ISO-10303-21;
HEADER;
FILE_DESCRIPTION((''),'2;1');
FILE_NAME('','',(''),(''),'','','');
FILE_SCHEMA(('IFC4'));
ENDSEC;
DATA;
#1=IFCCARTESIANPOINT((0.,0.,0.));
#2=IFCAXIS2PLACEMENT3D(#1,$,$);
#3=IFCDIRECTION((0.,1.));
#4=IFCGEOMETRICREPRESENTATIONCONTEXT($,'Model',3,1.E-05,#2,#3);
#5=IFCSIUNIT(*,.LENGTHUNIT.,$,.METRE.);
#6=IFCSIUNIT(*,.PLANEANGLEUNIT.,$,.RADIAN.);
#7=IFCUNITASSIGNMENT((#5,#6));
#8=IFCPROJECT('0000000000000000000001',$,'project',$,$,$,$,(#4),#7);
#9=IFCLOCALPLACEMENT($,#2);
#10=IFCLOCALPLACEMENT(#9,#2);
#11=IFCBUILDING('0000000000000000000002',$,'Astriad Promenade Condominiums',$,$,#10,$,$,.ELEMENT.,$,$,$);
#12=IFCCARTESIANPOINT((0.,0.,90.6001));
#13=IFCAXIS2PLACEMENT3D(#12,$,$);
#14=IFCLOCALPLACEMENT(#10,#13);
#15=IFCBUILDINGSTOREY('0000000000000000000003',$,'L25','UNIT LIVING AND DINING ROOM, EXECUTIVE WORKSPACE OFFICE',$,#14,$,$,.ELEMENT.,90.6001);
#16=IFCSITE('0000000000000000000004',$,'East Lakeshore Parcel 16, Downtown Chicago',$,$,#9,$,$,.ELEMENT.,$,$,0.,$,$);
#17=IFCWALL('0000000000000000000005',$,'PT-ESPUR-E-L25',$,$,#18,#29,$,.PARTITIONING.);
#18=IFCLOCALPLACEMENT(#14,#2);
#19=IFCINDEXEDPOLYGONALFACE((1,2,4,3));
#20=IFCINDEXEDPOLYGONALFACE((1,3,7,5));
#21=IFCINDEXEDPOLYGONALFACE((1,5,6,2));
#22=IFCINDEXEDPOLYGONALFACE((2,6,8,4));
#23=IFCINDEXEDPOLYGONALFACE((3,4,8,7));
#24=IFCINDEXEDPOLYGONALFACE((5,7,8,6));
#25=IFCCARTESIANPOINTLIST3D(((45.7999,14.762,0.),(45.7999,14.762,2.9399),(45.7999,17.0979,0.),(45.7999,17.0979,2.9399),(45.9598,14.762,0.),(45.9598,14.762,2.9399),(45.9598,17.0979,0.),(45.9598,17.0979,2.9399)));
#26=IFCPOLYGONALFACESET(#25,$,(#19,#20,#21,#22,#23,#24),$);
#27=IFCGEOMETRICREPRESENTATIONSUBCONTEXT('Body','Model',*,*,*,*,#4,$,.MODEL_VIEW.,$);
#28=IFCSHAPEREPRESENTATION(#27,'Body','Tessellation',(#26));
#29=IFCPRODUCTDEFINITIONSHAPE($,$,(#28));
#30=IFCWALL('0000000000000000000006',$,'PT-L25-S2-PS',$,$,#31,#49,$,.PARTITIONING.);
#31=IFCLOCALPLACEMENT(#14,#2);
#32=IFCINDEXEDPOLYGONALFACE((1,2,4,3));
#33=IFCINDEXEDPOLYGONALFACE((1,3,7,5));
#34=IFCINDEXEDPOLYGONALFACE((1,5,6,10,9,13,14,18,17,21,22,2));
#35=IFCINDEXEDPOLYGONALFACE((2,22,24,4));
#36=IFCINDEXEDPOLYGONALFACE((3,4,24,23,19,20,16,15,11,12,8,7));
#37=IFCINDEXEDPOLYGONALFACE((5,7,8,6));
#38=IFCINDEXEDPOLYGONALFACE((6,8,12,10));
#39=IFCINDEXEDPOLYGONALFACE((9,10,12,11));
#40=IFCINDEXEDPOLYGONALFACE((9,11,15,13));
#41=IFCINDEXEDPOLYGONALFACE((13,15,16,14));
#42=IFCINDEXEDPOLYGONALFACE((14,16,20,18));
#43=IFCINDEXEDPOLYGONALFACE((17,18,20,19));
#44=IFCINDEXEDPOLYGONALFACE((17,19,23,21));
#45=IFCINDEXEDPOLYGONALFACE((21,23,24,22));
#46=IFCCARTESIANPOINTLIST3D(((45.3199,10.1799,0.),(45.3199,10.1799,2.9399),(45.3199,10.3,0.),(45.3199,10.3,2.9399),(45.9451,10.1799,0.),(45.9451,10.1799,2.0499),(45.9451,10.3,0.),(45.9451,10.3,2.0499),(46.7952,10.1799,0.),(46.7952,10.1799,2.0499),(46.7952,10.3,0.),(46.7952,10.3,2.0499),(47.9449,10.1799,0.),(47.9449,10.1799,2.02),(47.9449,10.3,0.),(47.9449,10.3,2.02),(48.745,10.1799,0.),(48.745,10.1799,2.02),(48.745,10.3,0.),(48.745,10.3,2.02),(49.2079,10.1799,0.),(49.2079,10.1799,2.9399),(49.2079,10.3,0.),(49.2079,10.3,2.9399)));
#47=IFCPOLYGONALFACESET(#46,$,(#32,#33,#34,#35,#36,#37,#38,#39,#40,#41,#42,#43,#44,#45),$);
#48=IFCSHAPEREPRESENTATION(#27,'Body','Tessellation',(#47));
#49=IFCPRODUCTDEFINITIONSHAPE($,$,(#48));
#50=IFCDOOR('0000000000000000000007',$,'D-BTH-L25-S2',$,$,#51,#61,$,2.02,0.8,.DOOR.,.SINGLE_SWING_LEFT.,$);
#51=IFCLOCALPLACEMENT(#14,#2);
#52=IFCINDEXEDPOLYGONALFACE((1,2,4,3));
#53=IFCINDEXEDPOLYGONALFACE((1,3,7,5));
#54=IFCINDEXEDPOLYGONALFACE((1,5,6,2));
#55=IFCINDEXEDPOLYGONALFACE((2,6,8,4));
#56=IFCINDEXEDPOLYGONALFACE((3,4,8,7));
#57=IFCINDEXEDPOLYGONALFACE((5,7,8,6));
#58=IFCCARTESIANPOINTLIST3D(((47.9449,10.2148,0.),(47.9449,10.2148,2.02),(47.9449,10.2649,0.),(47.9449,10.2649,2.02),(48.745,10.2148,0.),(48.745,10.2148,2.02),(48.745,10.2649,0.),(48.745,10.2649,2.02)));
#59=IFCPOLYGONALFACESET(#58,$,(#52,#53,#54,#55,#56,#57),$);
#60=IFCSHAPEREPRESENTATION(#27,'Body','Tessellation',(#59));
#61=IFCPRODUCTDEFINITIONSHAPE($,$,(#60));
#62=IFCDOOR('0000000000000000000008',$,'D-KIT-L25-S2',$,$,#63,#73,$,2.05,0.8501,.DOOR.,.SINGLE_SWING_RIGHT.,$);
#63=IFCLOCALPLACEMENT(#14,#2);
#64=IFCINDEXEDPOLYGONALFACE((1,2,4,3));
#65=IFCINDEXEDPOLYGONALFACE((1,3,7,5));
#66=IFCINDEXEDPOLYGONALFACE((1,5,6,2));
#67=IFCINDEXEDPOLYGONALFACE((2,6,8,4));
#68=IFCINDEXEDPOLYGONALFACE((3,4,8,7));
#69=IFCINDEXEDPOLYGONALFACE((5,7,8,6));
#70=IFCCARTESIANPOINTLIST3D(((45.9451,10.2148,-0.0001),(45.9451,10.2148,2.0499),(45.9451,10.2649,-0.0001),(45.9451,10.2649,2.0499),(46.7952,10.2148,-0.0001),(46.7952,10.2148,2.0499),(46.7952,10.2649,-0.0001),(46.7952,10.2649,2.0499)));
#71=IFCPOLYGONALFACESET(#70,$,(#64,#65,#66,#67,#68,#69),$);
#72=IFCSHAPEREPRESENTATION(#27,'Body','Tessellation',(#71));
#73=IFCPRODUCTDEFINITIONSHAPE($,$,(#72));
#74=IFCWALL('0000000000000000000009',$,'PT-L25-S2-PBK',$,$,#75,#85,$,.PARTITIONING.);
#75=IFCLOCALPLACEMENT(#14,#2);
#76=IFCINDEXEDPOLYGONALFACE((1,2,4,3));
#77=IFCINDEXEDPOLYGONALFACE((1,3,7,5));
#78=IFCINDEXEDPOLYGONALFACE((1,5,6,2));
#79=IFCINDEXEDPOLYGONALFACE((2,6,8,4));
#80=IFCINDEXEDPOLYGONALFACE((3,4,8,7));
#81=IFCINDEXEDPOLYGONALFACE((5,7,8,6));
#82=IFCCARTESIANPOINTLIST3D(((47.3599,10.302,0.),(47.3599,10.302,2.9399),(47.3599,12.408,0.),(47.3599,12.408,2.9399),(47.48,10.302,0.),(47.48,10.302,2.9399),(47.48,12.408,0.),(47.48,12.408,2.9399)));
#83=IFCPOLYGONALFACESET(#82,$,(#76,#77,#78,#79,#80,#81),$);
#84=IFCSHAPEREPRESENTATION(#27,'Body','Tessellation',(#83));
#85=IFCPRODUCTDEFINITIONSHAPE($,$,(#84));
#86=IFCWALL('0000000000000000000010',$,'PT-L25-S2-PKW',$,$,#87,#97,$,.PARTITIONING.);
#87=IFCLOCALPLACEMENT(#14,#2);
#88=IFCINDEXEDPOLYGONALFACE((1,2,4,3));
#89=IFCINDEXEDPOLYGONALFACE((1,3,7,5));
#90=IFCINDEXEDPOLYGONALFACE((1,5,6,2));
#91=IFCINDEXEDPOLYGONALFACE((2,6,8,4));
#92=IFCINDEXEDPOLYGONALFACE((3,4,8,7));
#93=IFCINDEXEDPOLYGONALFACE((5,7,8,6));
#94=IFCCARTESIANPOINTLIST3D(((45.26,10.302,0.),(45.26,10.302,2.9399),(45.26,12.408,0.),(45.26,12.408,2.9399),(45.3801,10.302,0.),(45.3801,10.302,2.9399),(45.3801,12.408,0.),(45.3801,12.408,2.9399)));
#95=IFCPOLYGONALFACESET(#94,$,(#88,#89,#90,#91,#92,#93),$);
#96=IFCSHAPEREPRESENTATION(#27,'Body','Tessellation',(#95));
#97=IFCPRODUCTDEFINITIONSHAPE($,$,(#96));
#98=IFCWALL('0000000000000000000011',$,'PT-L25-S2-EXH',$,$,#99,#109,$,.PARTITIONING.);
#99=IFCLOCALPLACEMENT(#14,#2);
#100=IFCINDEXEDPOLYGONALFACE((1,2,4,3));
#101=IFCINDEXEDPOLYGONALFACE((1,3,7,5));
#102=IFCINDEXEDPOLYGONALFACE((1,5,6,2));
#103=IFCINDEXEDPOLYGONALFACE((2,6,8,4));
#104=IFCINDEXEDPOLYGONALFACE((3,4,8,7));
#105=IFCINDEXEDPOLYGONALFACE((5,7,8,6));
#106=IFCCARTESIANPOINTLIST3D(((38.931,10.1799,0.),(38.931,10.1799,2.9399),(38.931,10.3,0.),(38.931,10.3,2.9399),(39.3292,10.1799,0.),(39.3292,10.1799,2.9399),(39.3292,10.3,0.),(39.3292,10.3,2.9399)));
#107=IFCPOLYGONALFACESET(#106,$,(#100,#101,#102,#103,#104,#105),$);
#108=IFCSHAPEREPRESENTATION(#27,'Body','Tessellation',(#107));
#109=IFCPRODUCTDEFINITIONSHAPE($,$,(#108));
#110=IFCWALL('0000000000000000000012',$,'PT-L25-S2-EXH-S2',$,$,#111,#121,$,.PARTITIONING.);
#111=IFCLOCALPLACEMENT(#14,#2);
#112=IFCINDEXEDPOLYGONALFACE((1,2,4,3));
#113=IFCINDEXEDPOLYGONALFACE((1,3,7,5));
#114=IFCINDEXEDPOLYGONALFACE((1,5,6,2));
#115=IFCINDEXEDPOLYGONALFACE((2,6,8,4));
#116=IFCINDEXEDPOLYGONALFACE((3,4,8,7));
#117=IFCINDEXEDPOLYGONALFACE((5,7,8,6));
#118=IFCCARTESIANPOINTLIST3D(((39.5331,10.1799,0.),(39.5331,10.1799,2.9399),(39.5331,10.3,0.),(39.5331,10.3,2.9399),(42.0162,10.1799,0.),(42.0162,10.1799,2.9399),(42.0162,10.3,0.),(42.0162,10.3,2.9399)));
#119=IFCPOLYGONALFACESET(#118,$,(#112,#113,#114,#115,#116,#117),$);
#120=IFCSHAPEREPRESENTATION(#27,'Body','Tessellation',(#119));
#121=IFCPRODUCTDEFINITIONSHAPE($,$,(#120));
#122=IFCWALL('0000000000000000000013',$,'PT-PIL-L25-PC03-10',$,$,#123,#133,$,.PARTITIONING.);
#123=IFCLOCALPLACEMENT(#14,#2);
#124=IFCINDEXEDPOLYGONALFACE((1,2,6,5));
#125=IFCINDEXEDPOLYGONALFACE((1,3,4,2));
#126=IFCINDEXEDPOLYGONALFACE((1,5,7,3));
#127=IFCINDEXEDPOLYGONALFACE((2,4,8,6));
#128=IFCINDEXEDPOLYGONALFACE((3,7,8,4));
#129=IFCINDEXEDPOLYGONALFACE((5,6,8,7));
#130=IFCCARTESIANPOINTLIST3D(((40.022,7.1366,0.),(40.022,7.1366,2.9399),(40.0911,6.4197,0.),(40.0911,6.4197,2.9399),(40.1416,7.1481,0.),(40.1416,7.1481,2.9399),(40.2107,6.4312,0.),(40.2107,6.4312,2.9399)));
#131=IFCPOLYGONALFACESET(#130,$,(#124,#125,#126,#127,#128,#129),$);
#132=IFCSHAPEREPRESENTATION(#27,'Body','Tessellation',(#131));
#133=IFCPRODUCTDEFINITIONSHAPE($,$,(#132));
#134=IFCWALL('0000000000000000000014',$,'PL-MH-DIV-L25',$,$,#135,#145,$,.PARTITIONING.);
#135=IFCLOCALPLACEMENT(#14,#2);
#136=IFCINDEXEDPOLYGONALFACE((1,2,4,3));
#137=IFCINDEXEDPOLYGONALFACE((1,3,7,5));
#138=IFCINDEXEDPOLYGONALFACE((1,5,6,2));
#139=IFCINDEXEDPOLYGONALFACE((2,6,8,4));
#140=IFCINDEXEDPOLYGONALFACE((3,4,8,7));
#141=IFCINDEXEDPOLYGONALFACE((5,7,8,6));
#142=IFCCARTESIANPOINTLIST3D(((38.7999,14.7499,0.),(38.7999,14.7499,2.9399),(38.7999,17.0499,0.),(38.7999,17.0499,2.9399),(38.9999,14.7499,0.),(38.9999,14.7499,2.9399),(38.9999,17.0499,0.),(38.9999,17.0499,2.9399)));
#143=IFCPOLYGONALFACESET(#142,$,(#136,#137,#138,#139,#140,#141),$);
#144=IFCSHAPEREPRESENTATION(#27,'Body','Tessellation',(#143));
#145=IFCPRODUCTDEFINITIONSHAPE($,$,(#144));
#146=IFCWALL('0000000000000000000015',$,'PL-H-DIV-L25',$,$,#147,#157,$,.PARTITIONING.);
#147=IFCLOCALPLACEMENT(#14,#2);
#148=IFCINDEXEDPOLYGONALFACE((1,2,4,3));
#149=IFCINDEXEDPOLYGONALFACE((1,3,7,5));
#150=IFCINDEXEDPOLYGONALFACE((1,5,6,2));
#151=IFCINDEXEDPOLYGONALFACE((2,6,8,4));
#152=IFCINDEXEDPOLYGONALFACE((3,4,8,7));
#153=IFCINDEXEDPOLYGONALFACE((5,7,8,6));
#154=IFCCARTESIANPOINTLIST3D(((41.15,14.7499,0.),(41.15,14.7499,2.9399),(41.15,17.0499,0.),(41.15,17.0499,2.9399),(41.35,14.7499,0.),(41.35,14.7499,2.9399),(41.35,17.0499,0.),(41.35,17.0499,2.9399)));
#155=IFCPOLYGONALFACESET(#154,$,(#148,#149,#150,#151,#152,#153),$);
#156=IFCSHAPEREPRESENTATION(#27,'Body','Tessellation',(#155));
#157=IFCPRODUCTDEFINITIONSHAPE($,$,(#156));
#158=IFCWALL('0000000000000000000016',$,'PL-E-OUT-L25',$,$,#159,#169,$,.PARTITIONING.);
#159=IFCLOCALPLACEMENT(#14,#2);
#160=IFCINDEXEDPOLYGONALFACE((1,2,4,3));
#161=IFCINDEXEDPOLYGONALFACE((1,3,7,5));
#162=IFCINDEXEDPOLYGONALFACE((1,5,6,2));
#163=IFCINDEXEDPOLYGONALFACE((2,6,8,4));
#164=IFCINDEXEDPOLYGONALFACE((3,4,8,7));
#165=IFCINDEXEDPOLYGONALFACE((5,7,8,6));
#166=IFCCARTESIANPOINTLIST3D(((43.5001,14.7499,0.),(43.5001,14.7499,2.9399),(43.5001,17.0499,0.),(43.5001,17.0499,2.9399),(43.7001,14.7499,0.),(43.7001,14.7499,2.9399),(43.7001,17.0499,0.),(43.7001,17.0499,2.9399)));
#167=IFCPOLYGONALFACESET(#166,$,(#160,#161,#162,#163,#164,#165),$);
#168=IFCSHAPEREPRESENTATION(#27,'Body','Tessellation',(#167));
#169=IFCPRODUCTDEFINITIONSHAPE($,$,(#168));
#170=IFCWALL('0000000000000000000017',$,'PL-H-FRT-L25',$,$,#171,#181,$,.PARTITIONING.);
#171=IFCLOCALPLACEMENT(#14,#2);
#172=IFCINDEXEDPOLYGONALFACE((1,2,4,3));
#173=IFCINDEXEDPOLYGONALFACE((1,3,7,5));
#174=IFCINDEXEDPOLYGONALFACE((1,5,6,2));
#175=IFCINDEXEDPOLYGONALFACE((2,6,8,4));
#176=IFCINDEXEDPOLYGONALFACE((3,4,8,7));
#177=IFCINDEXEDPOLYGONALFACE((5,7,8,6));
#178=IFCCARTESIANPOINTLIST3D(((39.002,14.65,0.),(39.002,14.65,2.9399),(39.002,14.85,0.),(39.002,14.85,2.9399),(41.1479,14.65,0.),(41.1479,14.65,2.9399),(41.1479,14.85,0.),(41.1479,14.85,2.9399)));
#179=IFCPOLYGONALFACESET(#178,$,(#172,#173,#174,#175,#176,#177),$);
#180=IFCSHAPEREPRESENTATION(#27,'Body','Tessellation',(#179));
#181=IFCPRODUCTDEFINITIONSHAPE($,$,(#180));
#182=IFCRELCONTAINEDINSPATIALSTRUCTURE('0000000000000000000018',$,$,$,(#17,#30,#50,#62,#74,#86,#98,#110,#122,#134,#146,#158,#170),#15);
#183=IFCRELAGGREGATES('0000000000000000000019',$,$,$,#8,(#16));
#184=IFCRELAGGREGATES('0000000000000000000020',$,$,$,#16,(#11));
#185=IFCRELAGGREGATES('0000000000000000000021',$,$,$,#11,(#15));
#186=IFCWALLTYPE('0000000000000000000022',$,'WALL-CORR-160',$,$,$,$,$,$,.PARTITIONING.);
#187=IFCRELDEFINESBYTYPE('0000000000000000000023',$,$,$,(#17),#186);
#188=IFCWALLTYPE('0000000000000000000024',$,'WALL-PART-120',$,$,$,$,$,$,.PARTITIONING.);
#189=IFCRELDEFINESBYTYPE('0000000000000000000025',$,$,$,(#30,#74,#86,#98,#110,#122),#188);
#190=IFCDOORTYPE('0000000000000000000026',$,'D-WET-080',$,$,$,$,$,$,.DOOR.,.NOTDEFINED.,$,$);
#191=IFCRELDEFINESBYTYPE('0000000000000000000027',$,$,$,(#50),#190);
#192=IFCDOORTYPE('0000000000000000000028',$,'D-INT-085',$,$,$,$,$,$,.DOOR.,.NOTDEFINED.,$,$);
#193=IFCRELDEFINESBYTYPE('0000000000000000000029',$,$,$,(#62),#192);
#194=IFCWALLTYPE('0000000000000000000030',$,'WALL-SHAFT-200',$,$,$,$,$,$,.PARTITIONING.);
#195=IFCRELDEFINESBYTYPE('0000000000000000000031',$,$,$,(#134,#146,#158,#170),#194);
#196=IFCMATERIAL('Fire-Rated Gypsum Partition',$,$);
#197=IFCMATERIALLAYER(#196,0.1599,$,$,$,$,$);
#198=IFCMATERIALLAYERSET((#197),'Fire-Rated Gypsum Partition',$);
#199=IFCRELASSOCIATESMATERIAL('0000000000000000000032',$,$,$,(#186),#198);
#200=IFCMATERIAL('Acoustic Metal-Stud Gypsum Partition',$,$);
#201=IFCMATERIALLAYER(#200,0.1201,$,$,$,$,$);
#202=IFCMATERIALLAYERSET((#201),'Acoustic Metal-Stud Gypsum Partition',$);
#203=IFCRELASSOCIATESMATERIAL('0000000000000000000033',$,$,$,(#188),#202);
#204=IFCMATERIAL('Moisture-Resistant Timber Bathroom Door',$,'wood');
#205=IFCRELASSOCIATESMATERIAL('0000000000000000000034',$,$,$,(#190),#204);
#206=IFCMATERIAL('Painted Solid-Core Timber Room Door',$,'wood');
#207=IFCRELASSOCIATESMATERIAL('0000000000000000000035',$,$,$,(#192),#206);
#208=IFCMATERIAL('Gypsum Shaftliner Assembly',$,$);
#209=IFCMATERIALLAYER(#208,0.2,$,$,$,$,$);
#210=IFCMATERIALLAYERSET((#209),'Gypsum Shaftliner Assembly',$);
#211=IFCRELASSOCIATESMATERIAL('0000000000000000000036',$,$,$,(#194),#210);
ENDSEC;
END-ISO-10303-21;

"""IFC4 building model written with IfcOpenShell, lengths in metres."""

from ifc_helpers import new_model, si_unit, direction, frame, frame_2d, origin, place, context, subcontext, project, spatial, rectangle, extrude, source, transform, mapped, material, layer, layer_set, type_object, type_shapes, element, fill, save


model = new_model("IFC4")

# Units and contexts
model_context = context("Model", 3, precision=1e-05, world=origin(), true_north=direction((0.0, 1.0)))
body_context = subcontext(model_context, "Body", "Model", "MODEL_VIEW")
ifc_project = project(units=[si_unit("LENGTHUNIT", "METRE"), si_unit("PLANEANGLEUNIT", "RADIAN")], contexts=[model_context])

# Site, building, storey
site_placement = place(None, origin())
site = spatial("IfcSite", under=ifc_project, at=site_placement, Name="East Lakeshore Parcel 16, Downtown Chicago", CompositionType="ELEMENT", RefElevation=0.0)
building_placement = place(site_placement, origin())
building = spatial("IfcBuilding", under=site, at=building_placement, Name="Astriad Promenade Condominiums", CompositionType="ELEMENT")
storey_placement = place(building_placement, frame((0.0, 0.0, 90.6001)))
storey = spatial("IfcBuildingStorey", under=building, at=storey_placement, Name="L25", Description="UNIT LIVING AND DINING ROOM, EXECUTIVE WORKSPACE OFFICE", CompositionType="ELEMENT", Elevation=90.6001)

# Shared definitions
ifc_material_1 = material(Name="Fire-Rated Gypsum Partition")
ifc_layer_1 = layer(ifc_material_1, 0.1599)
ifc_layer_set_1 = layer_set([ifc_layer_1], Name="Fire-Rated Gypsum Partition")
wall_type_1 = type_object("IfcWallType", Name="WALL-CORR-160", PredefinedType="PARTITIONING", material=ifc_layer_set_1)

# Wall
wall_1_placement = place(storey_placement, frame((45.8799, 14.762, 0.0), z_axis=(0.0, 0.0, 1.0), x_axis=(0.0, 1.0, 0.0)))
element("IfcWall", 1, at=wall_1_placement, inside=storey, type_object=wall_type_1, Name="PT-ESPUR-E-L25", PredefinedType="PARTITIONING", context=body_context, shape_type="SweptSolid", body=[
    extrude(rectangle(XDim=2.3359, YDim=0.1599, at=frame_2d((1.168, 0.0))), origin(), (0.0, 0.0, 1.0), 2.9399),
])

# Wall, openings, doors
ifc_material_2 = material(Name="Acoustic Metal-Stud Gypsum Partition")
ifc_layer_2 = layer(ifc_material_2, 0.1201)
ifc_layer_set_2 = layer_set([ifc_layer_2], Name="Acoustic Metal-Stud Gypsum Partition")
wall_type_2 = type_object("IfcWallType", Name="WALL-PART-120", PredefinedType="PARTITIONING", material=ifc_layer_set_2)
wall_2_placement = place(storey_placement, frame((45.3201, 10.24, 0.0), z_axis=(0.0, 0.0, 1.0), x_axis=(1.0, 0.0, 0.0)))
wall_2 = element("IfcWall", 2, at=wall_2_placement, inside=storey, type_object=wall_type_2, Name="PT-L25-S2-PS", PredefinedType="PARTITIONING", context=body_context, shape_type="SweptSolid", body=[
    extrude(rectangle(XDim=3.8879, YDim=0.1201, at=frame_2d((1.9438, 0.0))), origin(), (0.0, 0.0, 1.0), 2.9399),
])
opening_1_placement = place(wall_2_placement, frame((0.625, 0.0, 0.0)))
opening_1 = element("IfcOpeningElement", 3, at=opening_1_placement, cuts=wall_2, PredefinedType="OPENING", context=body_context, shape_type="SweptSolid", body=[
    extrude(rectangle(XDim=0.8501, YDim=2.05, at=frame_2d((0.425, 1.0249))), frame((0.0, 0.0701, 0.0), z_axis=(0.0, -1.0, 0.0), x_axis=(1.0, 0.0, 0.0)), (0.0, 0.0, 1.0), 0.1401),
])
opening_2_placement = place(wall_2_placement, frame((2.625, 0.0, 0.0)))
opening_2 = element("IfcOpeningElement", 4, at=opening_2_placement, cuts=wall_2, PredefinedType="OPENING", context=body_context, shape_type="SweptSolid", body=[
    extrude(rectangle(XDim=0.8, YDim=2.02, at=frame_2d((0.3999, 1.01))), frame((0.0, 0.0701, 0.0), z_axis=(0.0, -1.0, 0.0), x_axis=(1.0, 0.0, 0.0)), (0.0, 0.0, 1.0), 0.1401),
])
ifc_material_3 = material(Name="Moisture-Resistant Timber Bathroom Door", Category="wood")
door_type_1 = type_object("IfcDoorType", Name="D-WET-080", OperationType="NOTDEFINED", PredefinedType="DOOR", material=ifc_material_3)
shared_shape_1 = source(origin(), body_context, "Body", "SweptSolid", [
    extrude(rectangle(XDim=0.8, YDim=2.02, at=frame_2d((0.3999, 1.01))), frame((0.0, 0.0249, 0.0), z_axis=(0.0, -1.0, 0.0), x_axis=(1.0, 0.0, 0.0)), (0.0, 0.0, 1.0), 0.05),
])
type_shapes(door_type_1, [shared_shape_1])
door_1_placement = place(opening_2_placement, origin())
door_1 = element("IfcDoor", 5, at=door_1_placement, inside=storey, type_object=door_type_1, Name="D-BTH-L25-S2", OperationType="SINGLE_SWING_LEFT", OverallHeight=2.02, OverallWidth=0.8, PredefinedType="DOOR", context=body_context, shape_type="MappedRepresentation", body=[
    mapped(shared_shape_1, transform((0.0, 0.0, 0.0), scale=1.0)),
])
fill(opening_2, door_1)
ifc_material_4 = material(Name="Painted Solid-Core Timber Room Door", Category="wood")
door_type_2 = type_object("IfcDoorType", Name="D-INT-085", OperationType="NOTDEFINED", PredefinedType="DOOR", material=ifc_material_4)
shared_shape_2 = source(origin(), body_context, "Body", "SweptSolid", [
    extrude(rectangle(XDim=0.8501, YDim=2.05, at=frame_2d((0.425, 1.0249))), frame((0.0, 0.0249, 0.0), z_axis=(0.0, -1.0, 0.0), x_axis=(1.0, 0.0, 0.0)), (0.0, 0.0, 1.0), 0.05),
])
type_shapes(door_type_2, [shared_shape_2])
door_2_placement = place(opening_1_placement, origin())
door_2 = element("IfcDoor", 6, at=door_2_placement, inside=storey, type_object=door_type_2, Name="D-KIT-L25-S2", OperationType="SINGLE_SWING_RIGHT", OverallHeight=2.05, OverallWidth=0.8501, PredefinedType="DOOR", context=body_context, shape_type="MappedRepresentation", body=[
    mapped(shared_shape_2, transform((0.0, 0.0, 0.0), scale=1.0)),
])
fill(opening_1, door_2)

# Walls
for number, where, z_axis, x_axis, name in (
    (7, (47.4199, 10.302, 0.0), (0.0, 0.0, 1.0), (0.0, 1.0, 0.0), "PT-L25-S2-PBK"),
    (8, (45.3201, 10.302, 0.0), (0.0, 0.0, 1.0), (0.0, 1.0, 0.0), "PT-L25-S2-PKW"),
):
    element("IfcWall", number, at=place(storey_placement, frame(where, z_axis=z_axis, x_axis=x_axis)), inside=storey, type_object=wall_type_2, Name=name, PredefinedType="PARTITIONING", context=body_context, shape_type="SweptSolid", body=[
        extrude(rectangle(XDim=2.106, YDim=0.1201, at=frame_2d((1.053, 0.0))), origin(), (0.0, 0.0, 1.0), 2.9399),
    ])
wall_3_placement = place(storey_placement, frame((38.9309, 10.24, 0.0), z_axis=(0.0, 0.0, 1.0), x_axis=(1.0, 0.0, 0.0)))
element("IfcWall", 9, at=wall_3_placement, inside=storey, type_object=wall_type_2, Name="PT-L25-S2-EXH", PredefinedType="PARTITIONING", context=body_context, shape_type="SweptSolid", body=[
    extrude(rectangle(XDim=0.3982, YDim=0.1201, at=frame_2d((0.1992, 0.0))), origin(), (0.0, 0.0, 1.0), 2.9399),
])
wall_4_placement = place(storey_placement, frame((39.533, 10.24, 0.0), z_axis=(0.0, 0.0, 1.0), x_axis=(1.0, 0.0, 0.0)))
element("IfcWall", 10, at=wall_4_placement, inside=storey, type_object=wall_type_2, Name="PT-L25-S2-EXH-S2", PredefinedType="PARTITIONING", context=body_context, shape_type="SweptSolid", body=[
    extrude(rectangle(XDim=2.4832, YDim=0.1201, at=frame_2d((1.2417, 0.0))), origin(), (0.0, 0.0, 1.0), 2.9399),
])
wall_5_placement = place(storey_placement, frame((40.0818, 7.1423, 0.0), z_axis=(0.0, 0.0, 1.0), x_axis=(0.095945, -0.995387, 0.0)))
element("IfcWall", 11, at=wall_5_placement, inside=storey, type_object=wall_type_2, Name="PT-PIL-L25-PC03-10", PredefinedType="PARTITIONING", context=body_context, shape_type="SweptSolid", body=[
    extrude(rectangle(XDim=0.7202, YDim=0.1201, at=frame_2d((0.3601, 0.0))), origin(), (0.0, 0.0, 1.0), 2.9399),
])
ifc_material_5 = material(Name="Gypsum Shaftliner Assembly")
ifc_layer_3 = layer(ifc_material_5, 0.2)
ifc_layer_set_3 = layer_set([ifc_layer_3], Name="Gypsum Shaftliner Assembly")
wall_type_3 = type_object("IfcWallType", Name="WALL-SHAFT-200", PredefinedType="PARTITIONING", material=ifc_layer_set_3)
for number, where, z_axis, x_axis, name in (
    (12, (38.8999, 14.75, 0.0), (0.0, 0.0, 1.0), (0.0, 1.0, 0.0), "PL-MH-DIV-L25"),
    (13, (41.25, 14.75, 0.0), (0.0, 0.0, 1.0), (0.0, 1.0, 0.0), "PL-H-DIV-L25"),
    (14, (43.6001, 14.75, 0.0), (0.0, 0.0, 1.0), (0.0, 1.0, 0.0), "PL-E-OUT-L25"),
):
    element("IfcWall", number, at=place(storey_placement, frame(where, z_axis=z_axis, x_axis=x_axis)), inside=storey, type_object=wall_type_3, Name=name, PredefinedType="PARTITIONING", context=body_context, shape_type="SweptSolid", body=[
        extrude(rectangle(XDim=2.3, YDim=0.2, at=frame_2d((1.1499, 0.0))), origin(), (0.0, 0.0, 1.0), 2.9399),
    ])
for number, where, z_axis, x_axis, name in (
    (15, (39.002, 14.75, 0.0), (0.0, 0.0, 1.0), (1.0, 0.0, 0.0), "PL-H-FRT-L25"),
):
    element("IfcWall", number, at=place(storey_placement, frame(where, z_axis=z_axis, x_axis=x_axis)), inside=storey, type_object=wall_type_3, Name=name, PredefinedType="PARTITIONING", context=body_context, shape_type="SweptSolid", body=[
        extrude(rectangle(XDim=2.146, YDim=0.2, at=frame_2d((1.073, 0.0))), origin(), (0.0, 0.0, 1.0), 2.9399),
    ])

save(model, "model.ifc")
